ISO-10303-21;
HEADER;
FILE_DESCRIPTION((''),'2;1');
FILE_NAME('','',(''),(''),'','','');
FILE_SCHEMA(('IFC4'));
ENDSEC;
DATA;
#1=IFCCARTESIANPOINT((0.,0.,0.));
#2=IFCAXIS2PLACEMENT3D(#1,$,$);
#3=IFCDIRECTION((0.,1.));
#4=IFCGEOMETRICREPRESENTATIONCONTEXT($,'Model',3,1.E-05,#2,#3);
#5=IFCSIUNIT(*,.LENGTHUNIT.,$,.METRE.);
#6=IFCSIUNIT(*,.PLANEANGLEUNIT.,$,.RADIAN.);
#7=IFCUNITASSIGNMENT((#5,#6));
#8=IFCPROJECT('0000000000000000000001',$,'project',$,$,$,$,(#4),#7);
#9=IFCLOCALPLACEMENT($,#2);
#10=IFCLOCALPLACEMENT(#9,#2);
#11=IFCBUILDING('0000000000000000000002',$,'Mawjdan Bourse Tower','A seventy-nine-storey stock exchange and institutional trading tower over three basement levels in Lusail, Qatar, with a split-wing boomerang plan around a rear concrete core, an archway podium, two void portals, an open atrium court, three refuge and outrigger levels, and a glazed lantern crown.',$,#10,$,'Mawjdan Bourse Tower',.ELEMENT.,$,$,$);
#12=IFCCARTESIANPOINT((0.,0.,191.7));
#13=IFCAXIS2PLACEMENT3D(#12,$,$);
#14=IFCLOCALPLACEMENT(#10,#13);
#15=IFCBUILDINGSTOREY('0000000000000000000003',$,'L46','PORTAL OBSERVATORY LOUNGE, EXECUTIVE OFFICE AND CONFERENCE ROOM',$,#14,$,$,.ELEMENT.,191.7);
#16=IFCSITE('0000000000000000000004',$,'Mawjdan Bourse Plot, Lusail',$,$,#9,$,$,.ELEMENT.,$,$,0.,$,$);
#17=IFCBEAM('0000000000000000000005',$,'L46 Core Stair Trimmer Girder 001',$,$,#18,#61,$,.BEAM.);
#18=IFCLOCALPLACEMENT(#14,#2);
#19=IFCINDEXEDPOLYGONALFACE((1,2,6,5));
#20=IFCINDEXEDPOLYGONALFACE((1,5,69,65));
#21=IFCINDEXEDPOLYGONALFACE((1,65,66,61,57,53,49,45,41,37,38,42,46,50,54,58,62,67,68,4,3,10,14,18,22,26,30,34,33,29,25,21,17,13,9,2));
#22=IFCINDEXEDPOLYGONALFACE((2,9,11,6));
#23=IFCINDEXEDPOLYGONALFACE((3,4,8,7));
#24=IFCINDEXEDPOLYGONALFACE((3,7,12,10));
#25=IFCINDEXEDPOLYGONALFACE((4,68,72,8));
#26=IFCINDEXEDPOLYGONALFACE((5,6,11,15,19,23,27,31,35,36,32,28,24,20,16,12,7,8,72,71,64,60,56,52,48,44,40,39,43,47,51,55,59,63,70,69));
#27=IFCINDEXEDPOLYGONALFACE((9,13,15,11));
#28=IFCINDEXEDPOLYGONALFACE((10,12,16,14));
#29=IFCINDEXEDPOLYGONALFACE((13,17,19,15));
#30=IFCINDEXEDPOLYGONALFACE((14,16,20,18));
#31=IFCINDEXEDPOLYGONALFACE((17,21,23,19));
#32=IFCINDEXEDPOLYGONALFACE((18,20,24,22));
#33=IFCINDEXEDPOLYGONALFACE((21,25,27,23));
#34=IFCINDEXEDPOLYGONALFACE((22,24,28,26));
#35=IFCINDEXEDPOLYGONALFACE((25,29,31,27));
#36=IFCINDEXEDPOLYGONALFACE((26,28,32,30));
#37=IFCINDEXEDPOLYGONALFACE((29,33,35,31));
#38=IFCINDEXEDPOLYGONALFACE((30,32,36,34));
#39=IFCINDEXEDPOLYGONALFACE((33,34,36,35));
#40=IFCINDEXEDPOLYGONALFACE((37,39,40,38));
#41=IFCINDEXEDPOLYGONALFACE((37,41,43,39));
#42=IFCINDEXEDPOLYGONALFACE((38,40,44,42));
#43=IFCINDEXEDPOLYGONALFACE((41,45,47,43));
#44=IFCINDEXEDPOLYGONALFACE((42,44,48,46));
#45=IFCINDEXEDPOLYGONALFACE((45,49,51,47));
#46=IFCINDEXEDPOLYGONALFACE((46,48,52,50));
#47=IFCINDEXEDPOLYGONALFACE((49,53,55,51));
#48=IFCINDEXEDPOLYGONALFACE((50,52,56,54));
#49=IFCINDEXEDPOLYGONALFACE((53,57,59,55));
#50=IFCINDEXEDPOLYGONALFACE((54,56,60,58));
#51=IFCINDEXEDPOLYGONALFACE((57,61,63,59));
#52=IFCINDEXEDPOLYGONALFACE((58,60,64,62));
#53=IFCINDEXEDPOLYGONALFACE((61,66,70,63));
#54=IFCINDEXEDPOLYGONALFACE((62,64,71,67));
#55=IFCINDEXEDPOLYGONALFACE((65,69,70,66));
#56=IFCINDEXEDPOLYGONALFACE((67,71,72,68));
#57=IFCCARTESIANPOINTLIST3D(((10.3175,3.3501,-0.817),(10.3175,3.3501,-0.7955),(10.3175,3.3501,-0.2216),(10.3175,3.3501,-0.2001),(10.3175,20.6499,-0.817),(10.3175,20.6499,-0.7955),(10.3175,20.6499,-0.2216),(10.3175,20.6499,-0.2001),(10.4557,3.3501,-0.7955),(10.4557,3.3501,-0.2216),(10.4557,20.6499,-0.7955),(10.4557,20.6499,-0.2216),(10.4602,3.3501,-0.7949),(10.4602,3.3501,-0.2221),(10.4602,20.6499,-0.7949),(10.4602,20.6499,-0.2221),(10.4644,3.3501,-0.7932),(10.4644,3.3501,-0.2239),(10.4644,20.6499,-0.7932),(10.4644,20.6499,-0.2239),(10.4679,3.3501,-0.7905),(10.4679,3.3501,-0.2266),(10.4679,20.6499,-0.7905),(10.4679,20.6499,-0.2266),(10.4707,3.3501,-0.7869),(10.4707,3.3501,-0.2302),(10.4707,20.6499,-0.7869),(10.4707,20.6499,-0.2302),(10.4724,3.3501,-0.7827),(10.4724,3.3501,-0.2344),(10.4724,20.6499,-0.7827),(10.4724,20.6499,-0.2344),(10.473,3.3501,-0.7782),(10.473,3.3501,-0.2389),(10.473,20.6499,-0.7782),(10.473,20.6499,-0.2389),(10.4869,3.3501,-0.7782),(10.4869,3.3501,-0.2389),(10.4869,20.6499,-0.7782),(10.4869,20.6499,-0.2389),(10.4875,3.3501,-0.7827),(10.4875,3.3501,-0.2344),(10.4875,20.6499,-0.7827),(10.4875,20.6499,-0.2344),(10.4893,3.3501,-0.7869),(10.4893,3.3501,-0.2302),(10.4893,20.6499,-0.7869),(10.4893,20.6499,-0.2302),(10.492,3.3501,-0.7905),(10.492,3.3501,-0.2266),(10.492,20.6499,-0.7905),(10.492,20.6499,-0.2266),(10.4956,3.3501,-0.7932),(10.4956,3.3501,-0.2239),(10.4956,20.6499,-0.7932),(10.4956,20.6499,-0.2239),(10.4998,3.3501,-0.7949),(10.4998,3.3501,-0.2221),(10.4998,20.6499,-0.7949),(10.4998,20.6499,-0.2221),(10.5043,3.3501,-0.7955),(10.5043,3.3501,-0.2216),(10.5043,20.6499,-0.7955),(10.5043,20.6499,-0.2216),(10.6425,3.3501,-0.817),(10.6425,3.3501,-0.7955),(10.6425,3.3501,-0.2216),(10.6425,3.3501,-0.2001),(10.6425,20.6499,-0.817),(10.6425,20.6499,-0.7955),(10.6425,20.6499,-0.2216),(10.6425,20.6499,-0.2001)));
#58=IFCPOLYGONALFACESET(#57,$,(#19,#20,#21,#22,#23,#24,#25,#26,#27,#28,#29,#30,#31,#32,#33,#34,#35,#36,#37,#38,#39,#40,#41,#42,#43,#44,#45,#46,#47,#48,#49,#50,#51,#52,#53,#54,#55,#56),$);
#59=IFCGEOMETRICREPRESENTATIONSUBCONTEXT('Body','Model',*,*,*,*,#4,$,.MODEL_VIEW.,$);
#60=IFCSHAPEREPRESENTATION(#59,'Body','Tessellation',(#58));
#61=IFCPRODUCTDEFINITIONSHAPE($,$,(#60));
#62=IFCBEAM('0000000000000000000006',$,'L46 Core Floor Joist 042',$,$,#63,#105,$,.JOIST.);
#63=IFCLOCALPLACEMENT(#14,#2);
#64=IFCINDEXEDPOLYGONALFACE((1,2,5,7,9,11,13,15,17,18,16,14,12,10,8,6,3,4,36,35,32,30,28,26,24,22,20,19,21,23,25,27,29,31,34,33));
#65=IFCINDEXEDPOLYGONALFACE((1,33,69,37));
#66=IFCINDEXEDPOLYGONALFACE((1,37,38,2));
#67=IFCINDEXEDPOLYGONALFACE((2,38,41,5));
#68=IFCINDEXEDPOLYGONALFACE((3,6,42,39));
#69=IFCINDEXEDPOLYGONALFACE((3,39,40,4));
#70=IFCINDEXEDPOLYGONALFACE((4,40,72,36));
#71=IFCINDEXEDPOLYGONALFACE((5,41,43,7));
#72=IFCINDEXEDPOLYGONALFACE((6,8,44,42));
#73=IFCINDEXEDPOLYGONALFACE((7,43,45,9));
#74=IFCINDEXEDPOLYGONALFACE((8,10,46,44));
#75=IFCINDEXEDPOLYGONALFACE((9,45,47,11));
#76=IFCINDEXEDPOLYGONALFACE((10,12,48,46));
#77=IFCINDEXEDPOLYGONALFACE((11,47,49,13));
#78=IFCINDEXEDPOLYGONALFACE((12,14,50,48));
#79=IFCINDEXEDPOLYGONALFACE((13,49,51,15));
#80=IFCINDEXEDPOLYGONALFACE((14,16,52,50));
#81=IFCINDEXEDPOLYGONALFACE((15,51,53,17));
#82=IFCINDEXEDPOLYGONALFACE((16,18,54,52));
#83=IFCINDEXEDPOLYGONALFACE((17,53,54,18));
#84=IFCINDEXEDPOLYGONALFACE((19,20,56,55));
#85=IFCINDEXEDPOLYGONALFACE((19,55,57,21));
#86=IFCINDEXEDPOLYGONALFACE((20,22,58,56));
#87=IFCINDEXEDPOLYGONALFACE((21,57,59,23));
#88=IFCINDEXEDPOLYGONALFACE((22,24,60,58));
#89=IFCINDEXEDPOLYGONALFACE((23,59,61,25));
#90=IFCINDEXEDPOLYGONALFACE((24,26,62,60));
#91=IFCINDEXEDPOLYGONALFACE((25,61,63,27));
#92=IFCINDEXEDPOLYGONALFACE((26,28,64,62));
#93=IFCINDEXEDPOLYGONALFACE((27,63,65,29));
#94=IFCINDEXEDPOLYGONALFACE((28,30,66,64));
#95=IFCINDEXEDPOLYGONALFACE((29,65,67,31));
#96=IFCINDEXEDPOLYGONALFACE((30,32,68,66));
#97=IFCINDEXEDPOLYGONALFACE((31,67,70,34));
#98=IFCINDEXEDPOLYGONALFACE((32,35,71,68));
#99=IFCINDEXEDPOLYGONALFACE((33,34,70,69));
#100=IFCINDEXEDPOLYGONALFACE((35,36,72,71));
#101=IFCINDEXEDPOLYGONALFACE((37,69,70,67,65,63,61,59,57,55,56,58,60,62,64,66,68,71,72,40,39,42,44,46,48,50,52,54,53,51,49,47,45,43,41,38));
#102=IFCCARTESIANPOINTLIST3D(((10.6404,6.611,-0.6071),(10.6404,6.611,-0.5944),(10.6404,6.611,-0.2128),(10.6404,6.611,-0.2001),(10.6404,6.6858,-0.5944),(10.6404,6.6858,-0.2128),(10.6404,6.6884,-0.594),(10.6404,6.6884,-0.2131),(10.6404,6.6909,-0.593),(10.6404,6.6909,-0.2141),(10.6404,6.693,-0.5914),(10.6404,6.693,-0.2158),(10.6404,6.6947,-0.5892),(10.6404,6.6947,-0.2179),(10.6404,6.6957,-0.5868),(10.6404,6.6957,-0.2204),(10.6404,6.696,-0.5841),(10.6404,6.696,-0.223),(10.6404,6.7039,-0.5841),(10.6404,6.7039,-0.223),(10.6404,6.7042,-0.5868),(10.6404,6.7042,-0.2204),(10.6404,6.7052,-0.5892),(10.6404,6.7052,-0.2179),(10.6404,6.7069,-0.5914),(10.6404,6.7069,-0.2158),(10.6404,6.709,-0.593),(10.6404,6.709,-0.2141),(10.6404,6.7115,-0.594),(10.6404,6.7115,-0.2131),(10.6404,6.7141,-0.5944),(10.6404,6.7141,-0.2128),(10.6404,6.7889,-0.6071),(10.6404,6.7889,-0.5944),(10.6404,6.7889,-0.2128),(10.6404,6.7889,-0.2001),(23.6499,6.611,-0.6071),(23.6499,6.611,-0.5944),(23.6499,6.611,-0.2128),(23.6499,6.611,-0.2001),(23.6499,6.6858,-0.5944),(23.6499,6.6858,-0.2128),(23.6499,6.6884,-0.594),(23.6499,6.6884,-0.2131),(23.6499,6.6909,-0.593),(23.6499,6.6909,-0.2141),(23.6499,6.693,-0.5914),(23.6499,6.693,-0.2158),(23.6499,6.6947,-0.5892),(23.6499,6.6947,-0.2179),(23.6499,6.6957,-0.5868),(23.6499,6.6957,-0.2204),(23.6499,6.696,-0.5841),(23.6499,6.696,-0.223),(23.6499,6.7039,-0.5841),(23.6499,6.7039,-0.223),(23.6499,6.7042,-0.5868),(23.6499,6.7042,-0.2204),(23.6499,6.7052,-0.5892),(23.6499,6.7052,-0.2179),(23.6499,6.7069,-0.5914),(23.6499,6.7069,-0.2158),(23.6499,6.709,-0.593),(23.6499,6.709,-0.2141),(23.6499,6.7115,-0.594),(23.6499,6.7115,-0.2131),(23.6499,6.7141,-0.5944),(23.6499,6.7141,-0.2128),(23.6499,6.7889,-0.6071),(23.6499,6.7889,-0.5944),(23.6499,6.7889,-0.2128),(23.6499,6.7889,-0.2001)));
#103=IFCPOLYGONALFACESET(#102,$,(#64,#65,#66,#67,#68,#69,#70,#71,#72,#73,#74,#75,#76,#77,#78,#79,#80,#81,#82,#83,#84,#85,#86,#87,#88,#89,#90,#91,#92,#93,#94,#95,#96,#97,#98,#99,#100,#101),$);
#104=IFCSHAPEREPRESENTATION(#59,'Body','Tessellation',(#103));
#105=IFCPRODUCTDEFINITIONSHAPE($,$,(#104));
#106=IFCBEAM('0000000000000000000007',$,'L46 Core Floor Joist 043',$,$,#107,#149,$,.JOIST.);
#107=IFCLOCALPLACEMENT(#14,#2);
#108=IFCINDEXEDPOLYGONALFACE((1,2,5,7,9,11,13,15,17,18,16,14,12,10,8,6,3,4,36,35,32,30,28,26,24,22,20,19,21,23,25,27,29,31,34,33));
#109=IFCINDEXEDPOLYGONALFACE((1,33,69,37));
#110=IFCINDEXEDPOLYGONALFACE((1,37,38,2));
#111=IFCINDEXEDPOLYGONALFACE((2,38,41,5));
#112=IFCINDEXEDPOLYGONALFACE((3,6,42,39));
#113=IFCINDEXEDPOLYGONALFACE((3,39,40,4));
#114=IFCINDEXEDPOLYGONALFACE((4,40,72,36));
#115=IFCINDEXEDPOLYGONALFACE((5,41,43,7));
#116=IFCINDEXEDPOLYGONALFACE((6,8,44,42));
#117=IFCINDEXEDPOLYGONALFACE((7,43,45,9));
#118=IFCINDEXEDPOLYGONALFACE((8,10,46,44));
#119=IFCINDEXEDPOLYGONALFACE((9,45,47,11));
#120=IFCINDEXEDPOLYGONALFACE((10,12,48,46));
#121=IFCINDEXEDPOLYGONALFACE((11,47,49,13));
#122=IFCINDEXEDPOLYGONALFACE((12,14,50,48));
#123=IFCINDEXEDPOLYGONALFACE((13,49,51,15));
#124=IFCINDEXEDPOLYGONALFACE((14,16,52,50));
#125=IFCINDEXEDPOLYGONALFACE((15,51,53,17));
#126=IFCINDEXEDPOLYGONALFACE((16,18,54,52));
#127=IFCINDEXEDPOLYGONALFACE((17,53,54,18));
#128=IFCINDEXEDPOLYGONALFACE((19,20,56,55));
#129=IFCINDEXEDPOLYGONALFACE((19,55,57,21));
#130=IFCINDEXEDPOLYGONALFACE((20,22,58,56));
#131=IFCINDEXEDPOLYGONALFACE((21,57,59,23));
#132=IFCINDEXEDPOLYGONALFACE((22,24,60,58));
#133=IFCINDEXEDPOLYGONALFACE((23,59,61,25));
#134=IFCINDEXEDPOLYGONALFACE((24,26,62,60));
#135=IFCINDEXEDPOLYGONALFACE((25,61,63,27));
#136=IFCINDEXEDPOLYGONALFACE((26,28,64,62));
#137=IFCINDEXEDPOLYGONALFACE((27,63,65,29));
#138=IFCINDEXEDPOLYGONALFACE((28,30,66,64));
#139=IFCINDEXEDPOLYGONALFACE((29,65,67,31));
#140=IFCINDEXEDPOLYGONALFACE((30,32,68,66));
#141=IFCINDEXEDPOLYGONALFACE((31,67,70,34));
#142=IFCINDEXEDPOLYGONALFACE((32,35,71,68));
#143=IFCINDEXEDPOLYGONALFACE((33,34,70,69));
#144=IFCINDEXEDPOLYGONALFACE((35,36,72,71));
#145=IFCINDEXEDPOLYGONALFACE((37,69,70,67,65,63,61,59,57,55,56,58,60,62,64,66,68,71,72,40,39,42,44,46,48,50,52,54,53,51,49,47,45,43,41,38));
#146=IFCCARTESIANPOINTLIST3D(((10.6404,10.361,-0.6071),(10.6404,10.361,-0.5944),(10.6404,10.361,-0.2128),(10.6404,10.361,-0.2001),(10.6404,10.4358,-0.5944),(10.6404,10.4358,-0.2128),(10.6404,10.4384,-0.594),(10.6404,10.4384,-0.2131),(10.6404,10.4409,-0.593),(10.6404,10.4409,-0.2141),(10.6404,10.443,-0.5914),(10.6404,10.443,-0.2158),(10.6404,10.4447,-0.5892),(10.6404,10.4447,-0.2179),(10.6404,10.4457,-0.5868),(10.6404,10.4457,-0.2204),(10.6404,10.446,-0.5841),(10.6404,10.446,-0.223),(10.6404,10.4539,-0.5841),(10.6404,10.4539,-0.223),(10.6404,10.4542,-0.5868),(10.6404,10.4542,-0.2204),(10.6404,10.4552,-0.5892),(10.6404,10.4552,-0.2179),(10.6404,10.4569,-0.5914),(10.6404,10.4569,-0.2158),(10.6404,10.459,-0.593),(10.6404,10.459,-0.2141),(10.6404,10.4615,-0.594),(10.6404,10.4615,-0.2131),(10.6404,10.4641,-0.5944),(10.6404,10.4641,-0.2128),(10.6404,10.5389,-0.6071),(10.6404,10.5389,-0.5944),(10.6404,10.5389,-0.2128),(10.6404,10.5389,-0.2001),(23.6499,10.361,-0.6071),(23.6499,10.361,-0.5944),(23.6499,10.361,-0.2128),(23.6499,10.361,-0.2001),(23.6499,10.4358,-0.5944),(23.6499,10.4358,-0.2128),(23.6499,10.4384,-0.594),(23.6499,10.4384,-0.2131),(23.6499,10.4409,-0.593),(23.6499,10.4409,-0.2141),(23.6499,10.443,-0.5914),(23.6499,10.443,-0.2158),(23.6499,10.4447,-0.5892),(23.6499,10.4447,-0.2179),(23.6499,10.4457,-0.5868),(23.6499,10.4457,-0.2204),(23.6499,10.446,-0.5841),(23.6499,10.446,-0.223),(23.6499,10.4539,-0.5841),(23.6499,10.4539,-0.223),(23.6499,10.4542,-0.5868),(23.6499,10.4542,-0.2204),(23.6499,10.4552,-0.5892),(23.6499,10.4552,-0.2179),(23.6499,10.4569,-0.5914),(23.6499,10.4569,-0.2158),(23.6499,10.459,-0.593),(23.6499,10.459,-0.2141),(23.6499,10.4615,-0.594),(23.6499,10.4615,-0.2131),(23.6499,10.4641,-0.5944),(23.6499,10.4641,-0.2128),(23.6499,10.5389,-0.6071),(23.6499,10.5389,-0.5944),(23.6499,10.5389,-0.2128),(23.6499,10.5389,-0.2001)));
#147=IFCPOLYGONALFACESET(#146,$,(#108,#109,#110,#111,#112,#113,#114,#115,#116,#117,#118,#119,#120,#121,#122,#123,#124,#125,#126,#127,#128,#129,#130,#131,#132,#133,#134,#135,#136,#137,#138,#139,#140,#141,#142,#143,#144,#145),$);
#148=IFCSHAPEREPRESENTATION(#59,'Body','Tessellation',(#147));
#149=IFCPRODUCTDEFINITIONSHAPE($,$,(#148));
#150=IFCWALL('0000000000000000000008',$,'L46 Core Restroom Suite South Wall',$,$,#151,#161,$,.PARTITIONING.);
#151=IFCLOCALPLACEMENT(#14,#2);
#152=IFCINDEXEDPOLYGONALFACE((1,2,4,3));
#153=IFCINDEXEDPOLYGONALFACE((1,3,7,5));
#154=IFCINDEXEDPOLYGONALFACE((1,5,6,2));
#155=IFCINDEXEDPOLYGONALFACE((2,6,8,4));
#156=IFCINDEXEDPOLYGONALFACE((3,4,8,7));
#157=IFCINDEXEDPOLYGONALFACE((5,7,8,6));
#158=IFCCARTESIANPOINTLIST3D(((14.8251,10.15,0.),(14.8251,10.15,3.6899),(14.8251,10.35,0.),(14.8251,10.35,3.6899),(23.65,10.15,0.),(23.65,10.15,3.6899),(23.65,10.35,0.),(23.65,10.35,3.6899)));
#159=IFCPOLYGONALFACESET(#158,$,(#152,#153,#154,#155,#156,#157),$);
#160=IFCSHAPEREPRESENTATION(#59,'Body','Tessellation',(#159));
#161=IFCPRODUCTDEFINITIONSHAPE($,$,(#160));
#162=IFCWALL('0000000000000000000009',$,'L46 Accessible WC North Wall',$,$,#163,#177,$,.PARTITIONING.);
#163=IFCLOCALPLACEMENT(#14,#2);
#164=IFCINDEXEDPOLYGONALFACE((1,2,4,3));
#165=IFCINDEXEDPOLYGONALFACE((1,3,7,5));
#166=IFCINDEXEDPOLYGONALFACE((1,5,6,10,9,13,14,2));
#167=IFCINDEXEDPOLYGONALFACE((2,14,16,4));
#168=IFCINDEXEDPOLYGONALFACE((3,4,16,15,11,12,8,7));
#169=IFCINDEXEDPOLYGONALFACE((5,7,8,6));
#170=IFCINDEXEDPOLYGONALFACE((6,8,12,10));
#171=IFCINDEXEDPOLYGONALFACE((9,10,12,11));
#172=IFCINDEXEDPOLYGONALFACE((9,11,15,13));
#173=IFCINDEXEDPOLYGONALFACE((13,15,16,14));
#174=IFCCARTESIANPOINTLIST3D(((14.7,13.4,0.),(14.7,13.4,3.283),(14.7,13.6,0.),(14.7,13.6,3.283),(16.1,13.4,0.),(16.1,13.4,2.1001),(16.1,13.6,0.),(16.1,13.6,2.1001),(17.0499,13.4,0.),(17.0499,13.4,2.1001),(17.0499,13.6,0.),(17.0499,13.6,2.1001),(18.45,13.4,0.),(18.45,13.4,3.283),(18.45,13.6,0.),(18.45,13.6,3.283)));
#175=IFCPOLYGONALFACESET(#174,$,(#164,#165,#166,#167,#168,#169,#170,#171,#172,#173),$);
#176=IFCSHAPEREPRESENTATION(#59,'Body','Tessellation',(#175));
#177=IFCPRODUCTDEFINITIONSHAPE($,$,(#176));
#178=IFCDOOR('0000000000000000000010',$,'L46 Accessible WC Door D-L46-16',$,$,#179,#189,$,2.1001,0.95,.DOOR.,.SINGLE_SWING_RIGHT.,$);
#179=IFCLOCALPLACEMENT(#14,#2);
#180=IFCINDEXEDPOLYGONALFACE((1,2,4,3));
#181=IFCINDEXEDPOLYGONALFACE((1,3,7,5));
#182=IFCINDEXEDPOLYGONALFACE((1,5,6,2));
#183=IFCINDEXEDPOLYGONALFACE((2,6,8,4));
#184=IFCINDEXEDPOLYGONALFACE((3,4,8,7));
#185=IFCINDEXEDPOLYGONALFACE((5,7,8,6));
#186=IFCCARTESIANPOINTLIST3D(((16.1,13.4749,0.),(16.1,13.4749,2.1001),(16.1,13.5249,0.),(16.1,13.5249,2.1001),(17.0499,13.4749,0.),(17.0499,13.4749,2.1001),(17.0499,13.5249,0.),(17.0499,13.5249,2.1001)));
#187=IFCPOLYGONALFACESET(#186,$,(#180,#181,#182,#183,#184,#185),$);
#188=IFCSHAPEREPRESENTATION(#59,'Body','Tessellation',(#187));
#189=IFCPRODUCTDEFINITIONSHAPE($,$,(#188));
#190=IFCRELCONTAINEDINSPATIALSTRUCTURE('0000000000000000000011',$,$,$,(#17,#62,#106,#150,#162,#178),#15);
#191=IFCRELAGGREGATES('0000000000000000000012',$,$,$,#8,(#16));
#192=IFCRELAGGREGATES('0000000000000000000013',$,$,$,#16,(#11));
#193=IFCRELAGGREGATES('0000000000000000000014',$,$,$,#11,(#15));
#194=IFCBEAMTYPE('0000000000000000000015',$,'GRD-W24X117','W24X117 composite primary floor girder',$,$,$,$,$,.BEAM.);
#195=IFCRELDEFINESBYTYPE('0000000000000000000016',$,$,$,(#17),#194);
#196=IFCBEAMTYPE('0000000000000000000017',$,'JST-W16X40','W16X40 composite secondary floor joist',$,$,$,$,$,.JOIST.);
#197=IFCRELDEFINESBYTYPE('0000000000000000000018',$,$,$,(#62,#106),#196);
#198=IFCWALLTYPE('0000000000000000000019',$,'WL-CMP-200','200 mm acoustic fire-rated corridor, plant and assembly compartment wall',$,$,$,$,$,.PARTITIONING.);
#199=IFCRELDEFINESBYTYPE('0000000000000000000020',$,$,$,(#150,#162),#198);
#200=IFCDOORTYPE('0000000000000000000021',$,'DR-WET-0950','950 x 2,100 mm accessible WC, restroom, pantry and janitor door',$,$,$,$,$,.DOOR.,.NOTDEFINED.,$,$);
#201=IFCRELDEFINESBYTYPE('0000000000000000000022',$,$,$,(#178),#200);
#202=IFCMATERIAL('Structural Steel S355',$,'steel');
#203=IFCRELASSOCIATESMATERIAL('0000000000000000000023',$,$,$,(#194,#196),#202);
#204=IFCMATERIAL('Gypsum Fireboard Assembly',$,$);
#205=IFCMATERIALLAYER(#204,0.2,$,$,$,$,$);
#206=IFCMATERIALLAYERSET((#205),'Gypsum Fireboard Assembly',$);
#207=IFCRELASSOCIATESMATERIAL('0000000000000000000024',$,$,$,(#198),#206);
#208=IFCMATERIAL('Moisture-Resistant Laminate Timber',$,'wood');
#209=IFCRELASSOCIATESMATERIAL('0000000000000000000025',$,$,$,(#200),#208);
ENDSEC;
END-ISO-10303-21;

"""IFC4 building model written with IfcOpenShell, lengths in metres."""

from ifc_helpers import new_model, si_unit, direction, frame, frame_2d, origin, origin_2d, place, context, subcontext, project, spatial, rectangle, i_section, extrude, material, layer, layer_set, material_profile, profile_set, type_object, element, fill, save


model = new_model("IFC4")

# Units and contexts
model_context = context("Model", 3, precision=1e-05, world=origin(), true_north=direction((0.0, 1.0)))
body_context = subcontext(model_context, "Body", "Model", "MODEL_VIEW")
ifc_project = project(units=[si_unit("LENGTHUNIT", "METRE"), si_unit("PLANEANGLEUNIT", "RADIAN")], contexts=[model_context])

# Site, building, storey
site_placement = place(None, origin())
site = spatial("IfcSite", under=ifc_project, at=site_placement, Name="Mawjdan Bourse Plot, Lusail", CompositionType="ELEMENT", RefElevation=0.0)
building_placement = place(site_placement, origin())
building = spatial("IfcBuilding", under=site, at=building_placement, Name="Mawjdan Bourse Tower", Description="A seventy-nine-storey stock exchange and institutional trading tower over three basement levels in Lusail, Qatar, with a split-wing boomerang plan around a rear concrete core, an archway podium, two void portals, an open atrium court, three refuge and outrigger levels, and a glazed lantern crown.", LongName="Mawjdan Bourse Tower", CompositionType="ELEMENT")
storey_placement = place(building_placement, frame((0.0, 0.0, 191.7)))
storey = spatial("IfcBuildingStorey", under=building, at=storey_placement, Name="L46", Description="PORTAL OBSERVATORY LOUNGE, EXECUTIVE OFFICE AND CONFERENCE ROOM", CompositionType="ELEMENT", Elevation=191.7)

# Beams
ifc_material_1 = material(Name="Structural Steel S355", Category="steel")
ifc_material_profile_1 = material_profile(ifc_material_1, i_section(OverallWidth=0.325, OverallDepth=0.6169, WebThickness=0.0139, FlangeThickness=0.0215, FilletRadius=0.0173, at=origin_2d()), Name="W24X117")
ifc_profile_set_1 = profile_set([ifc_material_profile_1], Name="Structural Steel S355")
beam_type_1 = type_object("IfcBeamType", Name="GRD-W24X117", Description="W24X117 composite primary floor girder", PredefinedType="BEAM", material=ifc_profile_set_1)
beam_placement = place(storey_placement, frame((10.48, 3.3501, -0.5085), z_axis=(0.0, 1.0, 0.0), x_axis=(-1.0, 0.0, 0.0)))
element("IfcBeam", 1, at=beam_placement, inside=storey, type_object=beam_type_1, Name="L46 Core Stair Trimmer Girder 001", PredefinedType="BEAM", context=body_context, shape_type="SweptSolid", body=[
    extrude(i_section(OverallWidth=0.325, OverallDepth=0.6169, WebThickness=0.0139, FlangeThickness=0.0215, FilletRadius=0.0173, at=origin_2d()), origin(), (0.0, 0.0, 1.0), 17.2998),
])
ifc_material_profile_2 = material_profile(ifc_material_1, i_section(OverallWidth=0.178, OverallDepth=0.407, WebThickness=0.0078, FlangeThickness=0.0127, FilletRadius=0.0103, at=origin_2d()), Name="W16X40")
ifc_profile_set_2 = profile_set([ifc_material_profile_2], Name="Structural Steel S355")
beam_type_2 = type_object("IfcBeamType", Name="JST-W16X40", Description="W16X40 composite secondary floor joist", PredefinedType="JOIST", material=ifc_profile_set_2)
for number, where, z_axis, x_axis, name in (
    (2, (10.6404, 6.7, -0.4036), (1.0, 0.0, 0.0), (0.0, 1.0, 0.0), "L46 Core Floor Joist 042"),
    (3, (10.6404, 10.45, -0.4036), (1.0, 0.0, 0.0), (0.0, 1.0, 0.0), "L46 Core Floor Joist 043"),
):
    element("IfcBeam", number, at=place(storey_placement, frame(where, z_axis=z_axis, x_axis=x_axis)), inside=storey, type_object=beam_type_2, Name=name, PredefinedType="JOIST", context=body_context, shape_type="SweptSolid", body=[
        extrude(i_section(OverallWidth=0.178, OverallDepth=0.407, WebThickness=0.0078, FlangeThickness=0.0127, FilletRadius=0.0103, at=origin_2d()), origin(), (0.0, 0.0, 1.0), 13.0095),
    ])

# Shared definitions
ifc_material_2 = material(Name="Gypsum Fireboard Assembly")
ifc_layer_1 = layer(ifc_material_2, 0.2)
ifc_layer_set_1 = layer_set([ifc_layer_1], Name="Gypsum Fireboard Assembly")
wall_type_1 = type_object("IfcWallType", Name="WL-CMP-200", Description="200 mm acoustic fire-rated corridor, plant and assembly compartment wall", PredefinedType="PARTITIONING", material=ifc_layer_set_1)

# Wall
wall_1_placement = place(storey_placement, frame((14.825, 10.25, 0.0), z_axis=(0.0, 0.0, 1.0), x_axis=(1.0, 0.0, 0.0)))
element("IfcWall", 4, at=wall_1_placement, inside=storey, type_object=wall_type_1, Name="L46 Core Restroom Suite South Wall", PredefinedType="PARTITIONING", context=body_context, shape_type="SweptSolid", body=[
    extrude(rectangle(XDim=8.825, YDim=0.2, at=frame_2d((4.4126, 0.0))), origin(), (0.0, 0.0, 1.0), 3.6899),
])

# Wall, opening, door
wall_2_placement = place(storey_placement, frame((14.7, 13.5, 0.0), z_axis=(0.0, 0.0, 1.0), x_axis=(1.0, 0.0, 0.0)))
wall_2 = element("IfcWall", 5, at=wall_2_placement, inside=storey, type_object=wall_type_1, Name="L46 Accessible WC North Wall", PredefinedType="PARTITIONING", context=body_context, shape_type="SweptSolid", body=[
    extrude(rectangle(XDim=3.75, YDim=0.2, at=frame_2d((1.875, 0.0))), origin(), (0.0, 0.0, 1.0), 3.283),
])
opening_1_placement = place(wall_2_placement, frame((1.3999, 0.0, 0.0)))
opening_1 = element("IfcOpeningElement", 6, at=opening_1_placement, cuts=wall_2, PredefinedType="OPENING", context=body_context, shape_type="SweptSolid", body=[
    extrude(rectangle(XDim=0.95, YDim=2.1001, at=frame_2d((0.4751, 1.05))), frame((0.0, 0.1099, 0.0), z_axis=(0.0, -1.0, 0.0), x_axis=(1.0, 0.0, 0.0)), (0.0, 0.0, 1.0), 0.22),
])
ifc_material_3 = material(Name="Moisture-Resistant Laminate Timber", Category="wood")
door_type_1 = type_object("IfcDoorType", Name="DR-WET-0950", Description="950 x 2,100 mm accessible WC, restroom, pantry and janitor door", OperationType="NOTDEFINED", PredefinedType="DOOR", material=ifc_material_3)
door_1_placement = place(opening_1_placement, origin())
door_1 = element("IfcDoor", 7, at=door_1_placement, inside=storey, type_object=door_type_1, Name="L46 Accessible WC Door D-L46-16", OperationType="SINGLE_SWING_RIGHT", OverallHeight=2.1001, OverallWidth=0.95, PredefinedType="DOOR", context=body_context, shape_type="SweptSolid", body=[
    extrude(rectangle(XDim=0.95, YDim=2.1001, at=frame_2d((0.4751, 1.05))), frame((0.0, 0.0249, 0.0), z_axis=(0.0, -1.0, 0.0), x_axis=(1.0, 0.0, 0.0)), (0.0, 0.0, 1.0), 0.05),
])
fill(opening_1, door_1)

save(model, "model.ifc")
